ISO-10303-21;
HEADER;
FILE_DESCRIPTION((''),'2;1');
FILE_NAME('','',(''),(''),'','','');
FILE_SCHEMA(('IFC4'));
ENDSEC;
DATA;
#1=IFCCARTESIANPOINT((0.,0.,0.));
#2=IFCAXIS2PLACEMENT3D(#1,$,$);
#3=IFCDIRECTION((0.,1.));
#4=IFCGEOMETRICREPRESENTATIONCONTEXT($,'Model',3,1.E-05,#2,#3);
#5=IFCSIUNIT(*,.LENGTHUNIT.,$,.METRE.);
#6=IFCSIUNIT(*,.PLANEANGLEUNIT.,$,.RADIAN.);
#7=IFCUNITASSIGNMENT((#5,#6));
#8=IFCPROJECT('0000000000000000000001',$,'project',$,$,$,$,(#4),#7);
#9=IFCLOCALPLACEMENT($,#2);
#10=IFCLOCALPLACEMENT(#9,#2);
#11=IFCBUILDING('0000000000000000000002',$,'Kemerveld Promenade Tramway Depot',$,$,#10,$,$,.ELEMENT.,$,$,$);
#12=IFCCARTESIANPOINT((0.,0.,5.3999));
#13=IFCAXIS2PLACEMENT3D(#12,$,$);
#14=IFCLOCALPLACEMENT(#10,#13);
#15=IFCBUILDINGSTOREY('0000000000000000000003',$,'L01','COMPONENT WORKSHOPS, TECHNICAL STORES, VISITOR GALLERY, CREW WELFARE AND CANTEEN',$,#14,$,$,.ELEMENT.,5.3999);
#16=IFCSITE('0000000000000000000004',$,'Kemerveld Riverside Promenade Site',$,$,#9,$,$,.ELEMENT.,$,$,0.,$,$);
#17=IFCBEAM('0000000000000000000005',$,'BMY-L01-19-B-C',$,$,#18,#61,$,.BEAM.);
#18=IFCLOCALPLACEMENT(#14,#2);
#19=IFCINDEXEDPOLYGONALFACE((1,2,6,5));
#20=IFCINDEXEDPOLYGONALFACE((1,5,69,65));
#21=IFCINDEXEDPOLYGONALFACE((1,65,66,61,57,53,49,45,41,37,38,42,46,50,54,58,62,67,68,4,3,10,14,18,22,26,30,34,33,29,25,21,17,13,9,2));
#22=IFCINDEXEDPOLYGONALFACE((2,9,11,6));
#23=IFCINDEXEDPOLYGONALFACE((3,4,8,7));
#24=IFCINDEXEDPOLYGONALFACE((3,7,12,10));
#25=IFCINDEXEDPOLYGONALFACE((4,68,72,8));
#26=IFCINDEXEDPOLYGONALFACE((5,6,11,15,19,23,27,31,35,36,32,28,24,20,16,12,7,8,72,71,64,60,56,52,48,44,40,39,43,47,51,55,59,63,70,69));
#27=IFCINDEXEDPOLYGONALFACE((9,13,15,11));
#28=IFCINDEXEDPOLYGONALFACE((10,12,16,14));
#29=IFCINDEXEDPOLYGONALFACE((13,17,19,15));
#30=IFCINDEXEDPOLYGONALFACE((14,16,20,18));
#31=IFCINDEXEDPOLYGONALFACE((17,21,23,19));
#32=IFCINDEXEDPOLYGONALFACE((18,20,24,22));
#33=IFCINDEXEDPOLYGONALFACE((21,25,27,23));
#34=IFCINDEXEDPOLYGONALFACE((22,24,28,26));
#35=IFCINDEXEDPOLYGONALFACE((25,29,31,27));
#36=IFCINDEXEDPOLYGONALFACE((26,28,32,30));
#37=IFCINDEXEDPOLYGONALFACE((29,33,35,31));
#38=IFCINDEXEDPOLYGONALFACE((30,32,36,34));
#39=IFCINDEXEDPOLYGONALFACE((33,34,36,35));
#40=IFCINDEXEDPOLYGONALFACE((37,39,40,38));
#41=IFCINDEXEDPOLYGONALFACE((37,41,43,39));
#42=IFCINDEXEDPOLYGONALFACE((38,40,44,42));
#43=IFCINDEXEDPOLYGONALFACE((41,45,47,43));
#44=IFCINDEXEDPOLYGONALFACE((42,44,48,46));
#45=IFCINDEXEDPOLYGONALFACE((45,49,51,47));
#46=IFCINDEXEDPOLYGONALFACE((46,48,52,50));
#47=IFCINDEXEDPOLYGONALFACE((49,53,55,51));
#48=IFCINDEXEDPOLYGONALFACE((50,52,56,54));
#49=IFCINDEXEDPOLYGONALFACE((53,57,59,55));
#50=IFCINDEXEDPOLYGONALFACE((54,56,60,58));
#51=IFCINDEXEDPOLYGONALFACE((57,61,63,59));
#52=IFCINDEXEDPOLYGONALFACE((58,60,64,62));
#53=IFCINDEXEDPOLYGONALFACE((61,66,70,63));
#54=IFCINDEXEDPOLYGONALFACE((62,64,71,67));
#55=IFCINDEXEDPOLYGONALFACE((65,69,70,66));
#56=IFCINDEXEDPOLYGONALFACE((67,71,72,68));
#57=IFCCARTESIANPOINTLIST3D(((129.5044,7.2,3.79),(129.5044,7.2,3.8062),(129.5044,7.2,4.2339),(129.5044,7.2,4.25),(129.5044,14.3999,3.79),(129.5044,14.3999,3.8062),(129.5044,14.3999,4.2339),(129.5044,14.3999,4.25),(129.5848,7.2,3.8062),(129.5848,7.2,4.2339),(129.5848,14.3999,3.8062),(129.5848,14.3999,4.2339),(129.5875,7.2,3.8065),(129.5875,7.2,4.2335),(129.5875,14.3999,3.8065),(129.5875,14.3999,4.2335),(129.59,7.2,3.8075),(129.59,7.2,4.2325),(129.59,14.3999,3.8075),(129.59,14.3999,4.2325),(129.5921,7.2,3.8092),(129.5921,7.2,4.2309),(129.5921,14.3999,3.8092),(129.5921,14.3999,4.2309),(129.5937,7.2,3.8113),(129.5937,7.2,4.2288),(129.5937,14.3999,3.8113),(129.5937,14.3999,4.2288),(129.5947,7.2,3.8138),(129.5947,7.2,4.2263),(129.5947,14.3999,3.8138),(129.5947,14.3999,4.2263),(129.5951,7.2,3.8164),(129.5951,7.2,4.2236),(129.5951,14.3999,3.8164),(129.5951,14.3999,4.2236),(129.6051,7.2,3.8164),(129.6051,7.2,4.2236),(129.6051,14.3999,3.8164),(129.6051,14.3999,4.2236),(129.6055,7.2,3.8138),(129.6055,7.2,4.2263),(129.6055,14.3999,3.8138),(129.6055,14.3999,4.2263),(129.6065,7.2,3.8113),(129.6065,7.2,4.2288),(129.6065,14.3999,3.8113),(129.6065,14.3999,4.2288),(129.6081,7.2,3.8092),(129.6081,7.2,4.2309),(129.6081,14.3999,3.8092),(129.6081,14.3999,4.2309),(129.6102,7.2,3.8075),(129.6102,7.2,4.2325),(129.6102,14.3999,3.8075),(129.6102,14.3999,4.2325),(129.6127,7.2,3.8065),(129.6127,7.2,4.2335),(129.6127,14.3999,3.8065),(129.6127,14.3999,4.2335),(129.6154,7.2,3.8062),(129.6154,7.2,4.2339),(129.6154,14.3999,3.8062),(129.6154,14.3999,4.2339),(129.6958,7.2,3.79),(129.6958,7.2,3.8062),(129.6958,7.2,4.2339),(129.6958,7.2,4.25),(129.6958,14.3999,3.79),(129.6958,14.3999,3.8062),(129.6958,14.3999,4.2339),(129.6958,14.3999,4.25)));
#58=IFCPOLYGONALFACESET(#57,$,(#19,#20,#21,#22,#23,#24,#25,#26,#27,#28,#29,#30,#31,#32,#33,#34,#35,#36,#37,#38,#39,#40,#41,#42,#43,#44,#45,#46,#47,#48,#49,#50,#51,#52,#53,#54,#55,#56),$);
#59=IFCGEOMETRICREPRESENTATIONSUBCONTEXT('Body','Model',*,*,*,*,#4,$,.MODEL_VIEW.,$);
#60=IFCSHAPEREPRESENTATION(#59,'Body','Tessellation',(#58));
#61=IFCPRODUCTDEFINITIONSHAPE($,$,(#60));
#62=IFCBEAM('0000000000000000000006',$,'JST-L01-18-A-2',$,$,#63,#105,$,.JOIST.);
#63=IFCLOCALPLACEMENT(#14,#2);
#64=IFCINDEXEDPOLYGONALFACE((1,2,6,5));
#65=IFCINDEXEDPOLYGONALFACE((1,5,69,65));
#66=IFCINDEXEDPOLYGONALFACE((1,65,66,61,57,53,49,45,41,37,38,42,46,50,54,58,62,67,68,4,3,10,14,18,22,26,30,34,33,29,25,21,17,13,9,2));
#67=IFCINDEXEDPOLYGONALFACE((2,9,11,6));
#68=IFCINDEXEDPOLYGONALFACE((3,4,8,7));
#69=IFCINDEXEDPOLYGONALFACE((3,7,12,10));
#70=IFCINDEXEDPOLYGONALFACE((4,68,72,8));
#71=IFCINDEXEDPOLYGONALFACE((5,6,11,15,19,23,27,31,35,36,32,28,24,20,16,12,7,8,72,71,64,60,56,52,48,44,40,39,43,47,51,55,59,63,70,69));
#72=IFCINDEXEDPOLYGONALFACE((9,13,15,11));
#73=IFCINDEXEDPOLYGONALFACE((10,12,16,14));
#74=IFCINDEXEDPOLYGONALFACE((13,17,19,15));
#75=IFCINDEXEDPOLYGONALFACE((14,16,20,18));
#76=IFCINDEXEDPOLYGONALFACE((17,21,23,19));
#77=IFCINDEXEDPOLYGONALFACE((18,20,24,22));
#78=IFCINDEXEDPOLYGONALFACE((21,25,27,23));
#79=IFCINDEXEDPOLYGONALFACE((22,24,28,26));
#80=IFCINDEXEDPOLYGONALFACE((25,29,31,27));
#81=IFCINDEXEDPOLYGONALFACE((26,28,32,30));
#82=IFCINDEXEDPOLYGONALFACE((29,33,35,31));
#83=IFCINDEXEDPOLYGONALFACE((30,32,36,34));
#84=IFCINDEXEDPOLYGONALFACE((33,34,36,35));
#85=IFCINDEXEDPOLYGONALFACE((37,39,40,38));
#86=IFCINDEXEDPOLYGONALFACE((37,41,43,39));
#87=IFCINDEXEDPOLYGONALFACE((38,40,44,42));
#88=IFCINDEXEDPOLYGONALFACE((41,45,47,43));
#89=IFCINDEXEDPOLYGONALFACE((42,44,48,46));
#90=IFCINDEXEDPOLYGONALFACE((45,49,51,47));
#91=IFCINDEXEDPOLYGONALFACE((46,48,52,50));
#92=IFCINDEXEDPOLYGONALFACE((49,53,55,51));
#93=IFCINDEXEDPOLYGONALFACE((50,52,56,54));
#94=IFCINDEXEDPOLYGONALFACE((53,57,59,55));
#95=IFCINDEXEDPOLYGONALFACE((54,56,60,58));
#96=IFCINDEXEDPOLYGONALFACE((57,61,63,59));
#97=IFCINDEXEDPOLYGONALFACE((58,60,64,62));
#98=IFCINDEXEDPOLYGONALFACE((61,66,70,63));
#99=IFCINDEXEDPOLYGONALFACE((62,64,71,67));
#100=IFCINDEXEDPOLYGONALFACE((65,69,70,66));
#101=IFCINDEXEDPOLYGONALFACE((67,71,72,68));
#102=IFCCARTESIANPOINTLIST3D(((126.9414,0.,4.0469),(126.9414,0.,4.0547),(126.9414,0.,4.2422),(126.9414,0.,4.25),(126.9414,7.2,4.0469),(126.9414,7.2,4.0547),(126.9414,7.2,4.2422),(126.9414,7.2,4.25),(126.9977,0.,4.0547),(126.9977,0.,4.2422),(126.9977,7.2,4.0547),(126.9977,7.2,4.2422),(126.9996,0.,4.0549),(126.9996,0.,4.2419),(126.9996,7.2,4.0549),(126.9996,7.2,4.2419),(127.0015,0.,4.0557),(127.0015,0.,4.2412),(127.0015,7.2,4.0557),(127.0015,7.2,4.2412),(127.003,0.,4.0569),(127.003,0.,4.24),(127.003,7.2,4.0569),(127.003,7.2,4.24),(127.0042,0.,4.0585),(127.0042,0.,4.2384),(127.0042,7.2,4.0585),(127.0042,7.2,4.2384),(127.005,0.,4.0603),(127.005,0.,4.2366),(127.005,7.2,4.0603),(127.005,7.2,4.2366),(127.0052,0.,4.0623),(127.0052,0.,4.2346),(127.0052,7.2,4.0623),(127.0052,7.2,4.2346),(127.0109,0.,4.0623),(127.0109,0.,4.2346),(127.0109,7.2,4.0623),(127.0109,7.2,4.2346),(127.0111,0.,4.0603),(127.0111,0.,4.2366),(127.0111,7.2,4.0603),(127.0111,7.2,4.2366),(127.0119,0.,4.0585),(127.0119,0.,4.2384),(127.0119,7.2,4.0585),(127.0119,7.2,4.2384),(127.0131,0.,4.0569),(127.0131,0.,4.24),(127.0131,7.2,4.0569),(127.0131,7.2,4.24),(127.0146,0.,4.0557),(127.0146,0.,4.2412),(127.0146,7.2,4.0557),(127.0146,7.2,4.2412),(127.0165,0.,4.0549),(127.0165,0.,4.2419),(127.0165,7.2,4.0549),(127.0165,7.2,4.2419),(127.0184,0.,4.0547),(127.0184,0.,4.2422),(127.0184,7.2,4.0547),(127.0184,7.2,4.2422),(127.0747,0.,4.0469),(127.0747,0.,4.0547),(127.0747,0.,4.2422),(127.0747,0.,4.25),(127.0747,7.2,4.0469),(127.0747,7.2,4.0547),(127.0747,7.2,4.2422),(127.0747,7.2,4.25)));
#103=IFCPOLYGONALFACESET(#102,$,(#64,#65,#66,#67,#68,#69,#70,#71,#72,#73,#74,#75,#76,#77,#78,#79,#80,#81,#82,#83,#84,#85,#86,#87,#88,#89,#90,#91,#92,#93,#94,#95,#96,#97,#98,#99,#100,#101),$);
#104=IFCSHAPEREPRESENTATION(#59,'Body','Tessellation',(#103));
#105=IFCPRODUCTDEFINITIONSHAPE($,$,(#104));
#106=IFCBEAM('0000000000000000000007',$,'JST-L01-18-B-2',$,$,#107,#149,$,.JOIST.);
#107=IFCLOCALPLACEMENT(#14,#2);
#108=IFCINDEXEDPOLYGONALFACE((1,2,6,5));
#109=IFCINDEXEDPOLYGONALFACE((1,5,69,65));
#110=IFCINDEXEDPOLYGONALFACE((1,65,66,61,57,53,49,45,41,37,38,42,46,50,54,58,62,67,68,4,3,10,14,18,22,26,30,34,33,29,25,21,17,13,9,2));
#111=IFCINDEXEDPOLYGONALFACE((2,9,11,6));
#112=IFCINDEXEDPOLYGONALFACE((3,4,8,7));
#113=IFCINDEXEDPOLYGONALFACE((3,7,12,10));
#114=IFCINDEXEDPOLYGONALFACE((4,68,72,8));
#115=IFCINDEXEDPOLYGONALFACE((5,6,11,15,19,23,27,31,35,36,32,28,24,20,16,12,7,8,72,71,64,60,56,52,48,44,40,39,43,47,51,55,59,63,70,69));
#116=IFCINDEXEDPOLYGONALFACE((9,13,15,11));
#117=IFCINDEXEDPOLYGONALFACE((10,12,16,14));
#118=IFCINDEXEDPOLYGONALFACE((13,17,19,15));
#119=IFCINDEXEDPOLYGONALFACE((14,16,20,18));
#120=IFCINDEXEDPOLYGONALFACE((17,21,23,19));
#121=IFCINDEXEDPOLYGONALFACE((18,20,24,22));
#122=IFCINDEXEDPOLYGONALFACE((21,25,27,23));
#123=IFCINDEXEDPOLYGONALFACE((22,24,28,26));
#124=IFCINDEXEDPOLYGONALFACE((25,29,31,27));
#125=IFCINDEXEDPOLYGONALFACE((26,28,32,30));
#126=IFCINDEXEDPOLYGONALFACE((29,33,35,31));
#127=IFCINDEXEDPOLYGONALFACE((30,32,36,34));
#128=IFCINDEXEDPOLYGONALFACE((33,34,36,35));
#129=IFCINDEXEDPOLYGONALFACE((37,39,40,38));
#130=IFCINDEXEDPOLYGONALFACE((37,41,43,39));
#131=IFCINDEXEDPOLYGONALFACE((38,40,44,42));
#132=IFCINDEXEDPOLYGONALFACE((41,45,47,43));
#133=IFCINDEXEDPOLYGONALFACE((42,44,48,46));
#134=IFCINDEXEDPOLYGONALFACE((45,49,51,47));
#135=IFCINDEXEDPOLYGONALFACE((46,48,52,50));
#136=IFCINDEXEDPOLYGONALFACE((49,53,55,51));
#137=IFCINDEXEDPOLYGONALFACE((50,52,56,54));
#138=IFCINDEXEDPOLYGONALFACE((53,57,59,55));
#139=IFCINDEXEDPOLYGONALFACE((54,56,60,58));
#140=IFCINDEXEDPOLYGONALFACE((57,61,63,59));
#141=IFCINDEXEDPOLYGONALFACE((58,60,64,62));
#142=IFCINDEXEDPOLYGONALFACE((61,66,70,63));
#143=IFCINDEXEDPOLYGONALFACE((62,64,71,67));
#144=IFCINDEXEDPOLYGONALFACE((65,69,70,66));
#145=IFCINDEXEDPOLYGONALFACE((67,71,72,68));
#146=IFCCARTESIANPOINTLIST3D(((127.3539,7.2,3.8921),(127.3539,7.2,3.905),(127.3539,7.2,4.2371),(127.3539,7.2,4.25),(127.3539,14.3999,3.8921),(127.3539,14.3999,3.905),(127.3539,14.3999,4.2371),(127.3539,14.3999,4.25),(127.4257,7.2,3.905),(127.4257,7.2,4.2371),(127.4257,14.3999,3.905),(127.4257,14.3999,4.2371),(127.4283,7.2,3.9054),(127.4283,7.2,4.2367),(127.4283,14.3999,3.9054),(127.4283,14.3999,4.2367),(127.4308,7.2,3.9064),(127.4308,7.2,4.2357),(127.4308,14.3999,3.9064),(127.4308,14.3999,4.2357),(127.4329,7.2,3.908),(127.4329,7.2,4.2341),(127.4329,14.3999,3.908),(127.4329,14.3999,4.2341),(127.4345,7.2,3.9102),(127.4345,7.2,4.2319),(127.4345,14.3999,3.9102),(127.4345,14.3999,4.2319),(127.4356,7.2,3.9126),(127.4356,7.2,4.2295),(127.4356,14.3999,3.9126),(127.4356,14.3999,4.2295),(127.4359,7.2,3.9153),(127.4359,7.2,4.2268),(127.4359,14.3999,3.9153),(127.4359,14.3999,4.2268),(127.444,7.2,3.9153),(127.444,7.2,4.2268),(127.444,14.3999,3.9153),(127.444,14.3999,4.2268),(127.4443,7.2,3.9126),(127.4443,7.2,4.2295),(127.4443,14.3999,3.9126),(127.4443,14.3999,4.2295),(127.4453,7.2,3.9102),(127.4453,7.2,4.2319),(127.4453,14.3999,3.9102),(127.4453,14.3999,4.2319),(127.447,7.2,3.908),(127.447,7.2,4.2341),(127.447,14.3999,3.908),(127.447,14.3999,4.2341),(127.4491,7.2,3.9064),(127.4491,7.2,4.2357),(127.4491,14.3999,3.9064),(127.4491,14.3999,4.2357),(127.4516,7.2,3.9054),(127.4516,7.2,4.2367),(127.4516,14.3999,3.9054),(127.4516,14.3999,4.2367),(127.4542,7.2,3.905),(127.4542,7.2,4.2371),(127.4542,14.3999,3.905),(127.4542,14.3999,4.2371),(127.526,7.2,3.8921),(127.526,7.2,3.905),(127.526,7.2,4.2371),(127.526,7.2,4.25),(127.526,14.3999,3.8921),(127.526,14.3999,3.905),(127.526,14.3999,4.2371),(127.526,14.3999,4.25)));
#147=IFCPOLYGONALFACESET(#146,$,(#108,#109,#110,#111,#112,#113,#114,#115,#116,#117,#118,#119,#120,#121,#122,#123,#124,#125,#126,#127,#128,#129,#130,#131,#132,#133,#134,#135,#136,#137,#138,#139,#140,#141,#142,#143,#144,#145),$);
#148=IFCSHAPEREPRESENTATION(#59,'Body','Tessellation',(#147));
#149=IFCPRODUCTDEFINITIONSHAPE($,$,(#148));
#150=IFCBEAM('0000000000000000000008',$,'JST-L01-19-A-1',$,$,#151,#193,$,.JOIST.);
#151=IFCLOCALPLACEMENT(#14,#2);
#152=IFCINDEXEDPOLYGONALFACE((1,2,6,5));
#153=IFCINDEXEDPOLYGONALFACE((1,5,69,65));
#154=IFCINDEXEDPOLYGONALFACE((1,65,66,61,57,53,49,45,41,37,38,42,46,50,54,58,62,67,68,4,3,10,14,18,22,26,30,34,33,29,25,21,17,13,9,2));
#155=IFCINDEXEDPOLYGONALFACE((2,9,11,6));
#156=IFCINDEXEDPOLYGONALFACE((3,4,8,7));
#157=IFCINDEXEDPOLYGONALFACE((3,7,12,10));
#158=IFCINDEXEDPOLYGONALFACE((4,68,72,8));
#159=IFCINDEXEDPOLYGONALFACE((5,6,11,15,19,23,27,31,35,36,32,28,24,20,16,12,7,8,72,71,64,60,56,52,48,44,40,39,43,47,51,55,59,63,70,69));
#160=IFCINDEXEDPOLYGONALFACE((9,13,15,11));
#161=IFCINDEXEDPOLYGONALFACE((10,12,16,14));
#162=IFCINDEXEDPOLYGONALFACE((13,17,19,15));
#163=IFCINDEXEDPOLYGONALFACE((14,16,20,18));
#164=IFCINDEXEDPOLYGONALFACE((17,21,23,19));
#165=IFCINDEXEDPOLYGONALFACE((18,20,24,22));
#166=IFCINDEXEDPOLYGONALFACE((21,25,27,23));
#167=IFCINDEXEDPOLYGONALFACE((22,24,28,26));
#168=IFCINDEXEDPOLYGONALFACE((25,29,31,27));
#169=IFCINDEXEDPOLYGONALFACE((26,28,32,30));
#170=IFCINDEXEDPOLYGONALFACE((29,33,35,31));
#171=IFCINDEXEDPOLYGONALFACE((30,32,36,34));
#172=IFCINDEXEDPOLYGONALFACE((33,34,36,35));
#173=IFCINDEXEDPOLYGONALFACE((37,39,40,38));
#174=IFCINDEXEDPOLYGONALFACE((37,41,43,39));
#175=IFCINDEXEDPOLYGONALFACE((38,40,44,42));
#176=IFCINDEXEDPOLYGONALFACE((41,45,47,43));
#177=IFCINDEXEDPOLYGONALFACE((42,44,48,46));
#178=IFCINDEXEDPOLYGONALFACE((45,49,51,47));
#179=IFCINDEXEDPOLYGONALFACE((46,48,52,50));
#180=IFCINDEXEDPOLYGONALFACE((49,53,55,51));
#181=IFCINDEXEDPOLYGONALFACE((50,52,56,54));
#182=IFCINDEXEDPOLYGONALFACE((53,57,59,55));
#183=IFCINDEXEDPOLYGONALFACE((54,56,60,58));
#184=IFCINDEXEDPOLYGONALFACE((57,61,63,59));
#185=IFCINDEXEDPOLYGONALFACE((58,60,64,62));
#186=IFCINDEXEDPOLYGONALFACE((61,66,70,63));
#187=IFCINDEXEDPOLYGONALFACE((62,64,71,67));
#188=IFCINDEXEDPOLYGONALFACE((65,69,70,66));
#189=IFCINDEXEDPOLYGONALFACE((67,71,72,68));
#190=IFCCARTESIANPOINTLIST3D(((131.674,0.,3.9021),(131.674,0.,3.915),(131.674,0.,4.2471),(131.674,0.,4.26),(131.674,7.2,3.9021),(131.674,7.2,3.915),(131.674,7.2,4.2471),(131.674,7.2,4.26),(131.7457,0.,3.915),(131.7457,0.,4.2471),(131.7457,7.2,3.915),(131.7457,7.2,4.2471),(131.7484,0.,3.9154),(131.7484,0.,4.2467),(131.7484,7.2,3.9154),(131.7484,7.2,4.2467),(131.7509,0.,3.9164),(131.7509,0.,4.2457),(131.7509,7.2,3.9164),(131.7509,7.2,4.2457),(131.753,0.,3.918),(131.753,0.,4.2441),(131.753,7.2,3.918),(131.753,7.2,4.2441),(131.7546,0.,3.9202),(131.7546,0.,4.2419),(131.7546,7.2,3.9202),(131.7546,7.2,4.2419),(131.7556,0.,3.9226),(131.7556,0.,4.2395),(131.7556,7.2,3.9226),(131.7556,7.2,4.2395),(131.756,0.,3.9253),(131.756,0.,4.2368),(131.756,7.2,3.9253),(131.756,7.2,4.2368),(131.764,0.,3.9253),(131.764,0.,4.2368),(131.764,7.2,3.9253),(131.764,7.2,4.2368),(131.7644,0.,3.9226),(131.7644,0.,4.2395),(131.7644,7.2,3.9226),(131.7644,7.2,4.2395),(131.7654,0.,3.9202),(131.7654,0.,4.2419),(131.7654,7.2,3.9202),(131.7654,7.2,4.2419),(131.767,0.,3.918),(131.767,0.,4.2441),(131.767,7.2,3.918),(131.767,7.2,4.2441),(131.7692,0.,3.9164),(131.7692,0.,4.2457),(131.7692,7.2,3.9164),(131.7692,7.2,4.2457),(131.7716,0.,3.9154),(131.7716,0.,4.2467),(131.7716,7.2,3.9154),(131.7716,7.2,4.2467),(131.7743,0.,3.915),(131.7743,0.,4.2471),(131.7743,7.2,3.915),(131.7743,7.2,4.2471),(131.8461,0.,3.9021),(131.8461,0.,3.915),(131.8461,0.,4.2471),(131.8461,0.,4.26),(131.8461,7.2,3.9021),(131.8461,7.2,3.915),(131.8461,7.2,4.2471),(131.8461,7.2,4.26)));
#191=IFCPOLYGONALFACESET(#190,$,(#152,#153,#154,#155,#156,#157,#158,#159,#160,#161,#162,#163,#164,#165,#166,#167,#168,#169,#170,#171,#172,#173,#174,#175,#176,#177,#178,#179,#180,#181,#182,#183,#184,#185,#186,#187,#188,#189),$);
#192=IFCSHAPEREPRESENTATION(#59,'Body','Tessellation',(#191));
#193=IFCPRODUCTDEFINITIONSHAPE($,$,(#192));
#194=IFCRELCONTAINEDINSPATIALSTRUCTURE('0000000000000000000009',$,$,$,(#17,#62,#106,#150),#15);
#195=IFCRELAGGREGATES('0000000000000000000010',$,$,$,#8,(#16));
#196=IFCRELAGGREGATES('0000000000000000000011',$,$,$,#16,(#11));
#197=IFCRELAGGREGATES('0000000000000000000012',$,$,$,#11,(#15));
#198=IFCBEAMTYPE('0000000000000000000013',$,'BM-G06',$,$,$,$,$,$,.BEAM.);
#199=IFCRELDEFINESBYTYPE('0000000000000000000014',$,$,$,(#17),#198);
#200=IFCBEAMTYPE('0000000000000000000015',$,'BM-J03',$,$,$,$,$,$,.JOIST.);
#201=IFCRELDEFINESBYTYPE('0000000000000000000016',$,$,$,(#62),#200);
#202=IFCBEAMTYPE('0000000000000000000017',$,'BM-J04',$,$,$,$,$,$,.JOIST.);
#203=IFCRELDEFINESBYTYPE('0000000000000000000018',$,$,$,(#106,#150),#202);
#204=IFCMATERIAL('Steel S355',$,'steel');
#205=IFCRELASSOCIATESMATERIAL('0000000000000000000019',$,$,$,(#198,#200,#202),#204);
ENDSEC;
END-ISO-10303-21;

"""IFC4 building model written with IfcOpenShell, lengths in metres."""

from ifc_helpers import new_model, si_unit, direction, frame, origin, origin_2d, place, context, subcontext, project, spatial, i_section, extrude, material, material_profile, profile_set, type_object, element, save


model = new_model("IFC4")

# Units and contexts
model_context = context("Model", 3, precision=1e-05, world=origin(), true_north=direction((0.0, 1.0)))
body_context = subcontext(model_context, "Body", "Model", "MODEL_VIEW")
ifc_project = project(units=[si_unit("LENGTHUNIT", "METRE"), si_unit("PLANEANGLEUNIT", "RADIAN")], contexts=[model_context])

# Site, building, storey
site_placement = place(None, origin())
site = spatial("IfcSite", under=ifc_project, at=site_placement, Name="Kemerveld Riverside Promenade Site", CompositionType="ELEMENT", RefElevation=0.0)
building_placement = place(site_placement, origin())
building = spatial("IfcBuilding", under=site, at=building_placement, Name="Kemerveld Promenade Tramway Depot", CompositionType="ELEMENT")
storey_placement = place(building_placement, frame((0.0, 0.0, 5.3999)))
storey = spatial("IfcBuildingStorey", under=building, at=storey_placement, Name="L01", Description="COMPONENT WORKSHOPS, TECHNICAL STORES, VISITOR GALLERY, CREW WELFARE AND CANTEEN", CompositionType="ELEMENT", Elevation=5.3999)

# Shared definitions
ifc_material_1 = material(Name="Steel S355", Category="steel")

# Beams
ifc_material_profile_1 = material_profile(ifc_material_1, i_section(OverallWidth=0.1914, OverallDepth=0.46, WebThickness=0.01, FlangeThickness=0.0161, FilletRadius=0.0103, at=origin_2d()), Name="457x191x82 UB")
ifc_profile_set_1 = profile_set([ifc_material_profile_1], Name="Steel S355")
beam_type_1 = type_object("IfcBeamType", Name="BM-G06", PredefinedType="BEAM", material=ifc_profile_set_1)
for number, where, z_axis, x_axis, name in (
    (1, (129.6001, 7.2, 4.02), (0.0, 1.0, 0.0), (-1.0, 0.0, 0.0), "BMY-L01-19-B-C"),
):
    element("IfcBeam", number, at=place(storey_placement, frame(where, z_axis=z_axis, x_axis=x_axis)), inside=storey, type_object=beam_type_1, Name=name, PredefinedType="BEAM", context=body_context, shape_type="SweptSolid", body=[
        extrude(i_section(OverallWidth=0.1914, OverallDepth=0.46, WebThickness=0.01, FlangeThickness=0.0161, FilletRadius=0.0103, at=origin_2d()), origin(), (0.0, 0.0, 1.0), 7.2),
    ])
ifc_material_profile_2 = material_profile(ifc_material_1, i_section(OverallWidth=0.1333, OverallDepth=0.2031, WebThickness=0.0056, FlangeThickness=0.0078, FilletRadius=0.0076, at=origin_2d()), Name="203x133x25 UB")
ifc_profile_set_2 = profile_set([ifc_material_profile_2], Name="Steel S355")
beam_type_2 = type_object("IfcBeamType", Name="BM-J03", PredefinedType="JOIST", material=ifc_profile_set_2)
beam_1_placement = place(storey_placement, frame((127.0081, 0.0, 4.1484), z_axis=(0.0, 1.0, 0.0), x_axis=(-1.0, 0.0, 0.0)))
element("IfcBeam", 2, at=beam_1_placement, inside=storey, type_object=beam_type_2, Name="JST-L01-18-A-2", PredefinedType="JOIST", context=body_context, shape_type="SweptSolid", body=[
    extrude(i_section(OverallWidth=0.1333, OverallDepth=0.2031, WebThickness=0.0056, FlangeThickness=0.0078, FilletRadius=0.0076, at=origin_2d()), origin(), (0.0, 0.0, 1.0), 7.2),
])
ifc_material_profile_3 = material_profile(ifc_material_1, i_section(OverallWidth=0.1721, OverallDepth=0.3579, WebThickness=0.0081, FlangeThickness=0.0129, FilletRadius=0.0103, at=origin_2d()), Name="356x171x57 UB")
ifc_profile_set_3 = profile_set([ifc_material_profile_3], Name="Steel S355")
beam_type_3 = type_object("IfcBeamType", Name="BM-J04", PredefinedType="JOIST", material=ifc_profile_set_3)
for number, where, z_axis, x_axis, name in (
    (3, (127.4399, 7.2, 4.071), (0.0, 1.0, 0.0), (-1.0, 0.0, 0.0), "JST-L01-18-B-2"),
    (4, (131.76, 0.0, 4.0811), (0.0, 1.0, 0.0), (-1.0, 0.0, 0.0), "JST-L01-19-A-1"),
):
    element("IfcBeam", number, at=place(storey_placement, frame(where, z_axis=z_axis, x_axis=x_axis)), inside=storey, type_object=beam_type_3, Name=name, PredefinedType="JOIST", context=body_context, shape_type="SweptSolid", body=[
        extrude(i_section(OverallWidth=0.1721, OverallDepth=0.3579, WebThickness=0.0081, FlangeThickness=0.0129, FilletRadius=0.0103, at=origin_2d()), origin(), (0.0, 0.0, 1.0), 7.2),
    ])

save(model, "model.ifc")
